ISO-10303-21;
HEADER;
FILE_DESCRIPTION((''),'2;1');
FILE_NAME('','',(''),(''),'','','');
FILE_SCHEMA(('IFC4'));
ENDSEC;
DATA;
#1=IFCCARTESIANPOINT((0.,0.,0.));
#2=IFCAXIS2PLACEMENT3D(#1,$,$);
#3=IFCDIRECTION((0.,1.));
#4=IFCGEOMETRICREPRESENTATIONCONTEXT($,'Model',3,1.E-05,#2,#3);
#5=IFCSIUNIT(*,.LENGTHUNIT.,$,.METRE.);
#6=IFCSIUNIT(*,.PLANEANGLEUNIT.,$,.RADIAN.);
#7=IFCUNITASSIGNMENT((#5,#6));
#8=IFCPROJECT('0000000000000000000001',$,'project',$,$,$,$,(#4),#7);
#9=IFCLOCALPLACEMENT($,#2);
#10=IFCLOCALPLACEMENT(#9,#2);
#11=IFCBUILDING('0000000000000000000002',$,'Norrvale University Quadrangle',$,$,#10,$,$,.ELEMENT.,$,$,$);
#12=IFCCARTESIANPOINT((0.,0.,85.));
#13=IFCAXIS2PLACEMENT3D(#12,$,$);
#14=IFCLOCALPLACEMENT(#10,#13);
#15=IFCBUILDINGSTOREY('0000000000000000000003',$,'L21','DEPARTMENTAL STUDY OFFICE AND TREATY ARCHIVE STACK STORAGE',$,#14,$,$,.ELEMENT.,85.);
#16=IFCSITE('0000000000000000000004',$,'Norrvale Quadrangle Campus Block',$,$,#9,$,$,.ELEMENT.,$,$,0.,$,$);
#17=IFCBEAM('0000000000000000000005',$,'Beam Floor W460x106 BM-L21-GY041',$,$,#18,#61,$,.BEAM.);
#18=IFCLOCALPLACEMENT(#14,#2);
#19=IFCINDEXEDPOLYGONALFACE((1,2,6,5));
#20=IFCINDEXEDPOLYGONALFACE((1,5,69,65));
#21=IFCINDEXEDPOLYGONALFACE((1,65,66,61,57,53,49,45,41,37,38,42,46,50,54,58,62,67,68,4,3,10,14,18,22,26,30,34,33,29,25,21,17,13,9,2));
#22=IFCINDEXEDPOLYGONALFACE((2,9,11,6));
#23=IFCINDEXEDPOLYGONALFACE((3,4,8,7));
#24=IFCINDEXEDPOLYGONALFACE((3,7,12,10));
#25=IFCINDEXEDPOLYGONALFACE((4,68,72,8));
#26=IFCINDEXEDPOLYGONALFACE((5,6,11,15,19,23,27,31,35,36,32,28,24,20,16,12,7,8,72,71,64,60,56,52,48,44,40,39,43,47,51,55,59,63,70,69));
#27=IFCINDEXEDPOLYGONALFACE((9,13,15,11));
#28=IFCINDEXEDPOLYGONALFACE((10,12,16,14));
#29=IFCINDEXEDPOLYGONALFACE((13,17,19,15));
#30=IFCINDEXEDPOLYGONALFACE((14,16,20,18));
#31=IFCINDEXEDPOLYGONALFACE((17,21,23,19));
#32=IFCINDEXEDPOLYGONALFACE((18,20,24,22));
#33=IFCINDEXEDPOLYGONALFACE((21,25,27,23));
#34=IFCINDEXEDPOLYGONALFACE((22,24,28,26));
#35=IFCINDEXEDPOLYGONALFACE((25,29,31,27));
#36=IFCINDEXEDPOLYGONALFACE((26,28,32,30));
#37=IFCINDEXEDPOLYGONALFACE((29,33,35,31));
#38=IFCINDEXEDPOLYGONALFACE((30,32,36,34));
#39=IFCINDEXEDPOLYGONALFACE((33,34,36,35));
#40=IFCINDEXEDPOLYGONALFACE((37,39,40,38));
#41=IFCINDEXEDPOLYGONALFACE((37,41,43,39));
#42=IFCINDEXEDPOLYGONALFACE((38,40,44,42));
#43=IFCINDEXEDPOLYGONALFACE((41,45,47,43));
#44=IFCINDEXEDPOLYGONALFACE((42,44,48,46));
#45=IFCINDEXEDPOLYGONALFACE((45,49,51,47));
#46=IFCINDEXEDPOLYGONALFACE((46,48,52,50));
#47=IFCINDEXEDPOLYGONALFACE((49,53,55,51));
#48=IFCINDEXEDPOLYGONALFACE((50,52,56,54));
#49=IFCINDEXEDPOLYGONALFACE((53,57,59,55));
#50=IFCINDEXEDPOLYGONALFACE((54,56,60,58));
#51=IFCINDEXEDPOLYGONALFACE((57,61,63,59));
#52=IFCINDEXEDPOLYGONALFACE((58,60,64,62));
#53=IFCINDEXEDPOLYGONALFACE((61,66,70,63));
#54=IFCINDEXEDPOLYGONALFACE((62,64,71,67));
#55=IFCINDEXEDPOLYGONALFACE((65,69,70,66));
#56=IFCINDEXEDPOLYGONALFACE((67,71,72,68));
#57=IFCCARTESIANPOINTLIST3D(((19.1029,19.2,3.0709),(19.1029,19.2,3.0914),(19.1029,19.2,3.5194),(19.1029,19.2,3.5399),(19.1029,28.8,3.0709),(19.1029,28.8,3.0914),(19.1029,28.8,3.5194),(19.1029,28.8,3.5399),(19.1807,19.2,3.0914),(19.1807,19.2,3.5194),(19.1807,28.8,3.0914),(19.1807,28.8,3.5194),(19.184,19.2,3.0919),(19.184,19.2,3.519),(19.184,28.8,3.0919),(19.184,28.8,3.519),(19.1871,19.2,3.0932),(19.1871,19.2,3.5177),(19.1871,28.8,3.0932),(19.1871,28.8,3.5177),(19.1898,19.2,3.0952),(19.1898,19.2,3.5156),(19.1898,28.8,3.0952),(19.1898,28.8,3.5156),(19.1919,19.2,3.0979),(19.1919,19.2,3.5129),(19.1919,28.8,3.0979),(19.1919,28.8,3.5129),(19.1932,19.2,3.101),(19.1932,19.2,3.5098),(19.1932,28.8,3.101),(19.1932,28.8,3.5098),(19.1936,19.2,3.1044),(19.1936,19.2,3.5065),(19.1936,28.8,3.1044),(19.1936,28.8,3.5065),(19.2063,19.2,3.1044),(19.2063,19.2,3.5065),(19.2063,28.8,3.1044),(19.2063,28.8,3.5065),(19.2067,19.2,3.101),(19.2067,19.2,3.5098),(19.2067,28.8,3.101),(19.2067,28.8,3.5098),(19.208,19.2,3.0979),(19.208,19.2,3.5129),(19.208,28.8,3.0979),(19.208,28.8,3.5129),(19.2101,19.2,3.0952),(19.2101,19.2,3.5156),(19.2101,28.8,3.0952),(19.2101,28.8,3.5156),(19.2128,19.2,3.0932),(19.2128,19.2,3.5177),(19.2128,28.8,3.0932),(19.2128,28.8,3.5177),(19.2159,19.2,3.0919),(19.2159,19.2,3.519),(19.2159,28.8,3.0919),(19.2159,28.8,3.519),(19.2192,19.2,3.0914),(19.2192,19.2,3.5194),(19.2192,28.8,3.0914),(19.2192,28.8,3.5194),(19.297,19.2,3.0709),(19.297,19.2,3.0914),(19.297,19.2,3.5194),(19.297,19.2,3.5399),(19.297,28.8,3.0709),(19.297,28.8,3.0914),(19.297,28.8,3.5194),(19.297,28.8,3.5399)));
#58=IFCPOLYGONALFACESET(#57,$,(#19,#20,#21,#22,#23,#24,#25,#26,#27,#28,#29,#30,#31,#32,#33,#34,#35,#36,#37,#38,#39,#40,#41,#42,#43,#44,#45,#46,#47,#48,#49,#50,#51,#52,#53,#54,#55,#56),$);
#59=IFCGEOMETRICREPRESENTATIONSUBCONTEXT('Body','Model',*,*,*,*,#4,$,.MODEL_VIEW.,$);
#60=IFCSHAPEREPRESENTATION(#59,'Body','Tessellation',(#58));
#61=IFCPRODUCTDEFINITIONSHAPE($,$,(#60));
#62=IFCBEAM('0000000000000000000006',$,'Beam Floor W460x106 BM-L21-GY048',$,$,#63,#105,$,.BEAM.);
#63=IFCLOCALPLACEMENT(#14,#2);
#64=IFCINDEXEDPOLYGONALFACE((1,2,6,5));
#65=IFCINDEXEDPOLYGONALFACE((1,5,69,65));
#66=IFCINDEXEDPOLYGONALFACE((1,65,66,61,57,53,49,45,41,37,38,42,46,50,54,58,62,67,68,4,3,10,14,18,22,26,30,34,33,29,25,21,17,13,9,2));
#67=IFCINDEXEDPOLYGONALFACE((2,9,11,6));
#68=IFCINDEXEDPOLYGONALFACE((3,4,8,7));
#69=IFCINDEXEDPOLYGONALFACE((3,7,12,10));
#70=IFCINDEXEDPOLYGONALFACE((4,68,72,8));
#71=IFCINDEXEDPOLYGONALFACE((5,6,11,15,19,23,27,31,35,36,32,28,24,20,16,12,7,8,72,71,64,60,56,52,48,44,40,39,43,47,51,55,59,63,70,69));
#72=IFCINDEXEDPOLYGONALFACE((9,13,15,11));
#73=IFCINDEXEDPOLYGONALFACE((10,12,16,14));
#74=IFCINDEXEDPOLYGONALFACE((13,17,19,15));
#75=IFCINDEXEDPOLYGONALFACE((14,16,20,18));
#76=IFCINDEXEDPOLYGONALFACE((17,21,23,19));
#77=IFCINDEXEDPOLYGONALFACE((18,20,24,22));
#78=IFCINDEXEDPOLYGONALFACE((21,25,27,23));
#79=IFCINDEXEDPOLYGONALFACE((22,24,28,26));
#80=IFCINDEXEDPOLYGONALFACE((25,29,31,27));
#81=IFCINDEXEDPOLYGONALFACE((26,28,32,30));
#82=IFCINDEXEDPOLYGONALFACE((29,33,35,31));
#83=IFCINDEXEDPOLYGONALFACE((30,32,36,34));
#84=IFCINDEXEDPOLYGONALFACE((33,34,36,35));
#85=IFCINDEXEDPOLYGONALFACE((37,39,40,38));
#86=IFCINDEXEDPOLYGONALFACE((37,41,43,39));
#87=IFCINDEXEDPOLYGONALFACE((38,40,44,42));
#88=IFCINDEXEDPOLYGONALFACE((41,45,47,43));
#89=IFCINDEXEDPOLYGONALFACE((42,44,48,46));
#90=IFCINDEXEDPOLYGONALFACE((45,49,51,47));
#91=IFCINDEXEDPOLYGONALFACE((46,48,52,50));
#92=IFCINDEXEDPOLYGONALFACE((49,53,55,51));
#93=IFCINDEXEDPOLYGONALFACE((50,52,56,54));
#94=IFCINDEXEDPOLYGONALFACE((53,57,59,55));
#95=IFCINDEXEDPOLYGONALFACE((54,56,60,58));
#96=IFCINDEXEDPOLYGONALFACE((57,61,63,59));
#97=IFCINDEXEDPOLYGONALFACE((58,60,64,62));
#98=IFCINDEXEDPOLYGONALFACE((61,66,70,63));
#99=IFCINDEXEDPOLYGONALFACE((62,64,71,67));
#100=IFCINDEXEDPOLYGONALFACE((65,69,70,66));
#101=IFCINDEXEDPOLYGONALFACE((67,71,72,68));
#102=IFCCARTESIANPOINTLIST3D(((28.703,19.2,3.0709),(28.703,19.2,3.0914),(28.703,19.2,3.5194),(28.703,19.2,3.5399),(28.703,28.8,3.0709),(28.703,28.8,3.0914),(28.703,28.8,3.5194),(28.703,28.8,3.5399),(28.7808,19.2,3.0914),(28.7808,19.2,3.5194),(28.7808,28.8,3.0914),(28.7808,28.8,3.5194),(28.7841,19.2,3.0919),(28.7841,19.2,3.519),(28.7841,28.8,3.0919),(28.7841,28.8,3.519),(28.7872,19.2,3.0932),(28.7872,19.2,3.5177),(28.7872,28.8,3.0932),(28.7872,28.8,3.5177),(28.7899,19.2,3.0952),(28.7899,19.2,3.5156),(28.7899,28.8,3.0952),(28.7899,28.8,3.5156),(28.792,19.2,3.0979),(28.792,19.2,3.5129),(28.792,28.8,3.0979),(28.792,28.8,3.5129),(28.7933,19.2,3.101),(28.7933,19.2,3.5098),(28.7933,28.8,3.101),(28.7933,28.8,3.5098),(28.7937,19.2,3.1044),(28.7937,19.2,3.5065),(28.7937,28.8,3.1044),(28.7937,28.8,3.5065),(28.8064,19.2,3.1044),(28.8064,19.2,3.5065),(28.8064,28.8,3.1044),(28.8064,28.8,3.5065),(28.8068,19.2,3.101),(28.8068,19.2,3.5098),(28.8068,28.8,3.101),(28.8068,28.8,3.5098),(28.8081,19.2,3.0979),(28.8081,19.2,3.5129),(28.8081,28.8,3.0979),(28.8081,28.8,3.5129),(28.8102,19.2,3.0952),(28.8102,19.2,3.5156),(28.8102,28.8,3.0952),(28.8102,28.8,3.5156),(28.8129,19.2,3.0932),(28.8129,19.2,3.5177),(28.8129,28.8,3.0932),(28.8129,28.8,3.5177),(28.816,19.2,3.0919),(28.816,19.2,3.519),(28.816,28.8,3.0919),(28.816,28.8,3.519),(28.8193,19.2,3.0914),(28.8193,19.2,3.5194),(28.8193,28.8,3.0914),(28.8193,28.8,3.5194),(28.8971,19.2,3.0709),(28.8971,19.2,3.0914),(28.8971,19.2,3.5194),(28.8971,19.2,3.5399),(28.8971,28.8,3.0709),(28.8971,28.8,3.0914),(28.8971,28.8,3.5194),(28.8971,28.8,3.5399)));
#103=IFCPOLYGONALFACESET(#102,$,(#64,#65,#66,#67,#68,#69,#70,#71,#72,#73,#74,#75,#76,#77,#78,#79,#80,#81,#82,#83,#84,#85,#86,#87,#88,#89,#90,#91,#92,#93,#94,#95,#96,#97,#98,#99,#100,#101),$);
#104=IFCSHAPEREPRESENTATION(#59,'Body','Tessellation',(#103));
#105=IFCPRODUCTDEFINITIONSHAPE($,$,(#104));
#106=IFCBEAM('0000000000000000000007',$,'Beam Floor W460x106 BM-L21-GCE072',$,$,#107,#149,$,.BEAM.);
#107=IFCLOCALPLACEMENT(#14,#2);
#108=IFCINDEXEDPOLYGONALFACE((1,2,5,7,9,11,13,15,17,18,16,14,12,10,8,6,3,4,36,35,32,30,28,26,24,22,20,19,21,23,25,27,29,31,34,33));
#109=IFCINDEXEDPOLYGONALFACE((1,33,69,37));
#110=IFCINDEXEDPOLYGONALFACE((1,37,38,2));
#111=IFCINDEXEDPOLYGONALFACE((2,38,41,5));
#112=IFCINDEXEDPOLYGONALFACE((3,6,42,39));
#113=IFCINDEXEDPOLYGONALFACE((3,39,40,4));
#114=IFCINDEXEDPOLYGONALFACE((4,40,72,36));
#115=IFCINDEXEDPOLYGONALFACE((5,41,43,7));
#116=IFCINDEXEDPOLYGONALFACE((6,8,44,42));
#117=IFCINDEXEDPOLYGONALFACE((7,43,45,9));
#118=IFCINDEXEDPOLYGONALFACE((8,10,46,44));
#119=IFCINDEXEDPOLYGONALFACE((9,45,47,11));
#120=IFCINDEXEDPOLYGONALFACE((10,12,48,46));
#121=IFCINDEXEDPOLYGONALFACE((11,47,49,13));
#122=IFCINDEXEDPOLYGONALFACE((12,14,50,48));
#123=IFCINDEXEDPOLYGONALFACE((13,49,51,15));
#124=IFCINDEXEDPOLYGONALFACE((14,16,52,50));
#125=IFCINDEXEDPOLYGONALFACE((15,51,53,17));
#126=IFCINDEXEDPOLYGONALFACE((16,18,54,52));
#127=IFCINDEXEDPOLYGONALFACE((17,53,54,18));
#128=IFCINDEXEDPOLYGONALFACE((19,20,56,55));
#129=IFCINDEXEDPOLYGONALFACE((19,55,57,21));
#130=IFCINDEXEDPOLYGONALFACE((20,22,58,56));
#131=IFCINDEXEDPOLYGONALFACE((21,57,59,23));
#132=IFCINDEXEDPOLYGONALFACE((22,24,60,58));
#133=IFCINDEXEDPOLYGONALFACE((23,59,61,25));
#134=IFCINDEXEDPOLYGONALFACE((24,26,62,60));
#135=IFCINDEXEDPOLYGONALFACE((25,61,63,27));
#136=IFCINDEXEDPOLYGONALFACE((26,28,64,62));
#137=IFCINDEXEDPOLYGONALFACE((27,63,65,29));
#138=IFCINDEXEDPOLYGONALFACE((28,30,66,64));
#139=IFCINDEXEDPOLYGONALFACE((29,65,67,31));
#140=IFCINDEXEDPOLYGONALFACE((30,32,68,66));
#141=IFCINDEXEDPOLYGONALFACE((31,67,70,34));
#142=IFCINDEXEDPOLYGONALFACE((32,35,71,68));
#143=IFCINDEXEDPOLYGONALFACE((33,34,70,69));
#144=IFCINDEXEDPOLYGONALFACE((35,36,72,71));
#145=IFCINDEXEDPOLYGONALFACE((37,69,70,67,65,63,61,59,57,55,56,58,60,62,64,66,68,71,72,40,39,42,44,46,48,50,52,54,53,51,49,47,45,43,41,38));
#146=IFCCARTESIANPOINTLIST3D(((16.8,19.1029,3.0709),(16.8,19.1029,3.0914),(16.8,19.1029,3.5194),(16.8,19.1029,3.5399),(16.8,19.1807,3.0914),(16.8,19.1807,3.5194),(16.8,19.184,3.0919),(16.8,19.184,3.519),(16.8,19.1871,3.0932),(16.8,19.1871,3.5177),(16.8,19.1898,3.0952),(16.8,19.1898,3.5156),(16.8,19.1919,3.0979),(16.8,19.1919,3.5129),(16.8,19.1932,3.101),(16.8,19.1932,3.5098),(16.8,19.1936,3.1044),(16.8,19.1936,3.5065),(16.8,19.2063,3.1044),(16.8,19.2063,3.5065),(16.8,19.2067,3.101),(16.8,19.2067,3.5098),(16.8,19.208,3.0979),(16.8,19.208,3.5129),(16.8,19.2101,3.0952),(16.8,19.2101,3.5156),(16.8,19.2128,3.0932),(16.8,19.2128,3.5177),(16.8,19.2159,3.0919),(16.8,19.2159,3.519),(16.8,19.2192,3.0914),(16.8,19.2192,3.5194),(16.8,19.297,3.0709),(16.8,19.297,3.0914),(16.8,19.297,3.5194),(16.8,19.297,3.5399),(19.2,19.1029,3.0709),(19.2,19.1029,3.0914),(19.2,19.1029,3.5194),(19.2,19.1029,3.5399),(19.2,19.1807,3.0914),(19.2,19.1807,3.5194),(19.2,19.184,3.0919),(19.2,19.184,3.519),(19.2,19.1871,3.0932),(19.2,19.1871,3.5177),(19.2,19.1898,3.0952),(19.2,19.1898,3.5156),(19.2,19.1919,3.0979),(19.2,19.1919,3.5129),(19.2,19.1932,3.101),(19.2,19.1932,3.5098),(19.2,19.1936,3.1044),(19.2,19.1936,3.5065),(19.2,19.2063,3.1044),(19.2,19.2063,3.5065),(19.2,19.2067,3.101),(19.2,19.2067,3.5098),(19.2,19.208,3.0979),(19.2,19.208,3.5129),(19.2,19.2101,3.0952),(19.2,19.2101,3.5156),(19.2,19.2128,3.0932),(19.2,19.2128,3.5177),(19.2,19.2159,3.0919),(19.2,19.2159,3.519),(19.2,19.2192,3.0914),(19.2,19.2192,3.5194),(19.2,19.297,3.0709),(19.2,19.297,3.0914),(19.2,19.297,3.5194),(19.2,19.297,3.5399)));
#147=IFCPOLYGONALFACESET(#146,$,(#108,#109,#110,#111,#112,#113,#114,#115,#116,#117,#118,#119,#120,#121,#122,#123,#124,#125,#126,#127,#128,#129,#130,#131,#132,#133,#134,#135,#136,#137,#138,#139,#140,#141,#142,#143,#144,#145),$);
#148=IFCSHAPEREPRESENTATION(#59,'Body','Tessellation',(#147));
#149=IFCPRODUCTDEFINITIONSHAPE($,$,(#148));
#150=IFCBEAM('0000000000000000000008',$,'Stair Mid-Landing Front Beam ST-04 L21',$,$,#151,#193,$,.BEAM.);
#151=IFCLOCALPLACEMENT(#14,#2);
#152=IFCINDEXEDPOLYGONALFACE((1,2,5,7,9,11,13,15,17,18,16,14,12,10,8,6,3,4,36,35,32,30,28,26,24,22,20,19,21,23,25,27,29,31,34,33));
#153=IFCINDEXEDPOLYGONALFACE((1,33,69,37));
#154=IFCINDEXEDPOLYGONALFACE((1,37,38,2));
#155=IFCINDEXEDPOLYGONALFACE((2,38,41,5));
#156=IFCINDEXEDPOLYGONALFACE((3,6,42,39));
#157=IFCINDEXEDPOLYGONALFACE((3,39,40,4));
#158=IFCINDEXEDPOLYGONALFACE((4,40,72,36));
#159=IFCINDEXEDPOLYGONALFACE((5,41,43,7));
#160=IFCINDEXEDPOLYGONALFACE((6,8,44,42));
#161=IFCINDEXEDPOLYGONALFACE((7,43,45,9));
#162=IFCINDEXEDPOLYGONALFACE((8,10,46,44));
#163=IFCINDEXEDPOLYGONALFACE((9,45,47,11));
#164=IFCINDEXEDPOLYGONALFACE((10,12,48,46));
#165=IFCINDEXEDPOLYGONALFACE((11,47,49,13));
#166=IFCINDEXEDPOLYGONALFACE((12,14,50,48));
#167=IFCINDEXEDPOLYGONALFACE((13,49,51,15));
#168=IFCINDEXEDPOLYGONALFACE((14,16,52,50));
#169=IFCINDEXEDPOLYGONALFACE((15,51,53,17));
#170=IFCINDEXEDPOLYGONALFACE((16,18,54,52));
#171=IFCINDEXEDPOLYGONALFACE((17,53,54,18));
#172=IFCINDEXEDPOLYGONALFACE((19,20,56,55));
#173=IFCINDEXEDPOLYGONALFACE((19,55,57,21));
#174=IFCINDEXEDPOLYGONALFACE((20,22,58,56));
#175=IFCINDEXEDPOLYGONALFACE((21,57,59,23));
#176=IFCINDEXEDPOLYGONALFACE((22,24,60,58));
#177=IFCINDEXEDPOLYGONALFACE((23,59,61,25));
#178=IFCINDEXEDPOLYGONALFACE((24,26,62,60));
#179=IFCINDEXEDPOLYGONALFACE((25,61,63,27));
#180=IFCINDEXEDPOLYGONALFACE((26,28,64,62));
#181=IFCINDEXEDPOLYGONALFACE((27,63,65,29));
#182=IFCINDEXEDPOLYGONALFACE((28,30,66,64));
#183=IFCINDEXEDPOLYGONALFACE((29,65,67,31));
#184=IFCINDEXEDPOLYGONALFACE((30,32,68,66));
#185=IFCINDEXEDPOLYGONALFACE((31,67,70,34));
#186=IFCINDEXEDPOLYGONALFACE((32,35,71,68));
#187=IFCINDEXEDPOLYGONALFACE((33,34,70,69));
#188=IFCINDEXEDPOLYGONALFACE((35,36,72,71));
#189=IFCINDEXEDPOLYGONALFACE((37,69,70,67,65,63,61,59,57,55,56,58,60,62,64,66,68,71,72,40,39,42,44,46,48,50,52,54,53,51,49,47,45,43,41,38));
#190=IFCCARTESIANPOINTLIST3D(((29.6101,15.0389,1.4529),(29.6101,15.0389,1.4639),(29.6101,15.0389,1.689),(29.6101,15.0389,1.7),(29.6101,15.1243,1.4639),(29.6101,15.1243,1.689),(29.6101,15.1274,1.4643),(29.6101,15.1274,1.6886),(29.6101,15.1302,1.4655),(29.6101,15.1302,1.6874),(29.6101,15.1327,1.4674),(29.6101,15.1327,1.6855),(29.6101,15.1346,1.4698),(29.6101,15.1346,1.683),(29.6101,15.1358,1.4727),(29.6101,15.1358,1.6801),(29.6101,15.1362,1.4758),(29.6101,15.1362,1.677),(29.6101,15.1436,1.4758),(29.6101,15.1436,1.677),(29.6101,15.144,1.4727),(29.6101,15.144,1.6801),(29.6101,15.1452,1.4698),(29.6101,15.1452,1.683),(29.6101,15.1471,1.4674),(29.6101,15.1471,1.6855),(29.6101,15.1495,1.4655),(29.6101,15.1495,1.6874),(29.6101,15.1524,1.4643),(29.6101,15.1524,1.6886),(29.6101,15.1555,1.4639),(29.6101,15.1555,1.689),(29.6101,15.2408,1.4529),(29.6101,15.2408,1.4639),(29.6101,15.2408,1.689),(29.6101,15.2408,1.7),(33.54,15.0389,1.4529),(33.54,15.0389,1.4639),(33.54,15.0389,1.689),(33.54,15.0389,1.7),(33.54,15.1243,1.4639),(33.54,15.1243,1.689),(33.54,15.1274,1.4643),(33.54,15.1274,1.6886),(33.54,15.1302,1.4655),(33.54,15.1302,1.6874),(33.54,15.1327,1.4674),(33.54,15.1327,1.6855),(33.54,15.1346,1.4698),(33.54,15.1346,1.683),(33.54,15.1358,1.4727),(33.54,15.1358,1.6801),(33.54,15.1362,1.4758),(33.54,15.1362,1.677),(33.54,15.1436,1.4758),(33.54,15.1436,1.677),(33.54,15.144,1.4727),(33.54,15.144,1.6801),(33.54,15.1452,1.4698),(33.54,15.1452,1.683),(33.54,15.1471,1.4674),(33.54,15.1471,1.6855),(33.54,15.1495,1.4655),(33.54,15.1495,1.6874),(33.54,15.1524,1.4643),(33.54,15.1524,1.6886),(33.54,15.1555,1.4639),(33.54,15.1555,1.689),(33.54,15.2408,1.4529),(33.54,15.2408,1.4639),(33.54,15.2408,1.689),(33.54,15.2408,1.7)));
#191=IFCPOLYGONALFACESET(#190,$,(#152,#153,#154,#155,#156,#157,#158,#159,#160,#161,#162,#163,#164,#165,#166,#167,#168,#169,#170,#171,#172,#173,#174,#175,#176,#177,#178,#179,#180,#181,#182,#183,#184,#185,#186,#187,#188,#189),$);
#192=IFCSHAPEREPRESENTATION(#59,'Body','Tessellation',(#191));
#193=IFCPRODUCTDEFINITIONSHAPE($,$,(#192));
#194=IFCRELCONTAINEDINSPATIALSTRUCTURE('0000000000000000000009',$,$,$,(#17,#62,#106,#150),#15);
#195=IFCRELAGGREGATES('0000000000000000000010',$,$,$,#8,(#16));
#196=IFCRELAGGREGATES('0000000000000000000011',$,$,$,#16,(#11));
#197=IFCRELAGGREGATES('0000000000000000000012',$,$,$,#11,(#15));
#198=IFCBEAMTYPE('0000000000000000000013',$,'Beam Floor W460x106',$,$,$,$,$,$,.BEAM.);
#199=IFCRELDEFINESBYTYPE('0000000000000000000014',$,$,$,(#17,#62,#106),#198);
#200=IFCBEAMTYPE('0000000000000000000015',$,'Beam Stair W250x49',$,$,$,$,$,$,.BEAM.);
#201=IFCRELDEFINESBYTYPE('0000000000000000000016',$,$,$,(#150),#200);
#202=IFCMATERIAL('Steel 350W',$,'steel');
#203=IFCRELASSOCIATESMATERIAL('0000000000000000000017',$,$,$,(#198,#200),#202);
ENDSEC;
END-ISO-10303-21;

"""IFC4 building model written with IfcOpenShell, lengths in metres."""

from ifc_helpers import new_model, si_unit, direction, frame, origin, origin_2d, place, context, subcontext, project, spatial, i_section, extrude, material, material_profile, profile_set, type_object, element, save


model = new_model("IFC4")

# Units and contexts
model_context = context("Model", 3, precision=1e-05, world=origin(), true_north=direction((0.0, 1.0)))
body_context = subcontext(model_context, "Body", "Model", "MODEL_VIEW")
ifc_project = project(units=[si_unit("LENGTHUNIT", "METRE"), si_unit("PLANEANGLEUNIT", "RADIAN")], contexts=[model_context])

# Site, building, storey
site_placement = place(None, origin())
site = spatial("IfcSite", under=ifc_project, at=site_placement, Name="Norrvale Quadrangle Campus Block", CompositionType="ELEMENT", RefElevation=0.0)
building_placement = place(site_placement, origin())
building = spatial("IfcBuilding", under=site, at=building_placement, Name="Norrvale University Quadrangle", CompositionType="ELEMENT")
storey_placement = place(building_placement, frame((0.0, 0.0, 85.0)))
storey = spatial("IfcBuildingStorey", under=building, at=storey_placement, Name="L21", Description="DEPARTMENTAL STUDY OFFICE AND TREATY ARCHIVE STACK STORAGE", CompositionType="ELEMENT", Elevation=85.0)

# Beams
ifc_material_1 = material(Name="Steel 350W", Category="steel")
ifc_material_profile_1 = material_profile(ifc_material_1, i_section(OverallWidth=0.1941, OverallDepth=0.469, WebThickness=0.0127, FlangeThickness=0.0205, FilletRadius=0.0129, at=origin_2d()), Name="Steel 350W")
ifc_profile_set_1 = profile_set([ifc_material_profile_1], Name="Steel 350W")
beam_type_1 = type_object("IfcBeamType", Name="Beam Floor W460x106", PredefinedType="BEAM", material=ifc_profile_set_1)
for number, where, z_axis, x_axis, name in (
    (1, (19.2, 19.2, 3.3054), (0.0, 1.0, 0.0), (-1.0, 0.0, 0.0), "Beam Floor W460x106 BM-L21-GY041"),
    (2, (28.8, 19.2, 3.3054), (0.0, 1.0, 0.0), (-1.0, 0.0, 0.0), "Beam Floor W460x106 BM-L21-GY048"),
):
    element("IfcBeam", number, at=place(storey_placement, frame(where, z_axis=z_axis, x_axis=x_axis)), inside=storey, type_object=beam_type_1, Name=name, PredefinedType="BEAM", context=body_context, shape_type="SweptSolid", body=[
        extrude(i_section(OverallWidth=0.1941, OverallDepth=0.469, WebThickness=0.0127, FlangeThickness=0.0205, FilletRadius=0.0129, at=origin_2d()), origin(), (0.0, 0.0, 1.0), 9.6001),
    ])
beam_1_placement = place(storey_placement, frame((16.8, 19.2, 3.3054), z_axis=(1.0, 0.0, 0.0), x_axis=(0.0, 1.0, 0.0)))
element("IfcBeam", 3, at=beam_1_placement, inside=storey, type_object=beam_type_1, Name="Beam Floor W460x106 BM-L21-GCE072", PredefinedType="BEAM", context=body_context, shape_type="SweptSolid", body=[
    extrude(i_section(OverallWidth=0.1941, OverallDepth=0.469, WebThickness=0.0127, FlangeThickness=0.0205, FilletRadius=0.0129, at=origin_2d()), origin(), (0.0, 0.0, 1.0), 2.3999),
])
ifc_material_profile_2 = material_profile(ifc_material_1, i_section(OverallWidth=0.2019, OverallDepth=0.2471, WebThickness=0.0073, FlangeThickness=0.011, FilletRadius=0.012, at=origin_2d()), Name="Steel 350W")
ifc_profile_set_2 = profile_set([ifc_material_profile_2], Name="Steel 350W")
beam_type_2 = type_object("IfcBeamType", Name="Beam Stair W250x49", PredefinedType="BEAM", material=ifc_profile_set_2)
for number, where, z_axis, x_axis, name in (
    (4, (29.6101, 15.1399, 1.5764), (1.0, 0.0, 0.0), (0.0, 1.0, 0.0), "Stair Mid-Landing Front Beam ST-04 L21"),
):
    element("IfcBeam", number, at=place(storey_placement, frame(where, z_axis=z_axis, x_axis=x_axis)), inside=storey, type_object=beam_type_2, Name=name, PredefinedType="BEAM", context=body_context, shape_type="SweptSolid", body=[
        extrude(i_section(OverallWidth=0.2019, OverallDepth=0.2471, WebThickness=0.0073, FlangeThickness=0.011, FilletRadius=0.012, at=origin_2d()), origin(), (0.0, 0.0, 1.0), 3.9299),
    ])

save(model, "model.ifc")
